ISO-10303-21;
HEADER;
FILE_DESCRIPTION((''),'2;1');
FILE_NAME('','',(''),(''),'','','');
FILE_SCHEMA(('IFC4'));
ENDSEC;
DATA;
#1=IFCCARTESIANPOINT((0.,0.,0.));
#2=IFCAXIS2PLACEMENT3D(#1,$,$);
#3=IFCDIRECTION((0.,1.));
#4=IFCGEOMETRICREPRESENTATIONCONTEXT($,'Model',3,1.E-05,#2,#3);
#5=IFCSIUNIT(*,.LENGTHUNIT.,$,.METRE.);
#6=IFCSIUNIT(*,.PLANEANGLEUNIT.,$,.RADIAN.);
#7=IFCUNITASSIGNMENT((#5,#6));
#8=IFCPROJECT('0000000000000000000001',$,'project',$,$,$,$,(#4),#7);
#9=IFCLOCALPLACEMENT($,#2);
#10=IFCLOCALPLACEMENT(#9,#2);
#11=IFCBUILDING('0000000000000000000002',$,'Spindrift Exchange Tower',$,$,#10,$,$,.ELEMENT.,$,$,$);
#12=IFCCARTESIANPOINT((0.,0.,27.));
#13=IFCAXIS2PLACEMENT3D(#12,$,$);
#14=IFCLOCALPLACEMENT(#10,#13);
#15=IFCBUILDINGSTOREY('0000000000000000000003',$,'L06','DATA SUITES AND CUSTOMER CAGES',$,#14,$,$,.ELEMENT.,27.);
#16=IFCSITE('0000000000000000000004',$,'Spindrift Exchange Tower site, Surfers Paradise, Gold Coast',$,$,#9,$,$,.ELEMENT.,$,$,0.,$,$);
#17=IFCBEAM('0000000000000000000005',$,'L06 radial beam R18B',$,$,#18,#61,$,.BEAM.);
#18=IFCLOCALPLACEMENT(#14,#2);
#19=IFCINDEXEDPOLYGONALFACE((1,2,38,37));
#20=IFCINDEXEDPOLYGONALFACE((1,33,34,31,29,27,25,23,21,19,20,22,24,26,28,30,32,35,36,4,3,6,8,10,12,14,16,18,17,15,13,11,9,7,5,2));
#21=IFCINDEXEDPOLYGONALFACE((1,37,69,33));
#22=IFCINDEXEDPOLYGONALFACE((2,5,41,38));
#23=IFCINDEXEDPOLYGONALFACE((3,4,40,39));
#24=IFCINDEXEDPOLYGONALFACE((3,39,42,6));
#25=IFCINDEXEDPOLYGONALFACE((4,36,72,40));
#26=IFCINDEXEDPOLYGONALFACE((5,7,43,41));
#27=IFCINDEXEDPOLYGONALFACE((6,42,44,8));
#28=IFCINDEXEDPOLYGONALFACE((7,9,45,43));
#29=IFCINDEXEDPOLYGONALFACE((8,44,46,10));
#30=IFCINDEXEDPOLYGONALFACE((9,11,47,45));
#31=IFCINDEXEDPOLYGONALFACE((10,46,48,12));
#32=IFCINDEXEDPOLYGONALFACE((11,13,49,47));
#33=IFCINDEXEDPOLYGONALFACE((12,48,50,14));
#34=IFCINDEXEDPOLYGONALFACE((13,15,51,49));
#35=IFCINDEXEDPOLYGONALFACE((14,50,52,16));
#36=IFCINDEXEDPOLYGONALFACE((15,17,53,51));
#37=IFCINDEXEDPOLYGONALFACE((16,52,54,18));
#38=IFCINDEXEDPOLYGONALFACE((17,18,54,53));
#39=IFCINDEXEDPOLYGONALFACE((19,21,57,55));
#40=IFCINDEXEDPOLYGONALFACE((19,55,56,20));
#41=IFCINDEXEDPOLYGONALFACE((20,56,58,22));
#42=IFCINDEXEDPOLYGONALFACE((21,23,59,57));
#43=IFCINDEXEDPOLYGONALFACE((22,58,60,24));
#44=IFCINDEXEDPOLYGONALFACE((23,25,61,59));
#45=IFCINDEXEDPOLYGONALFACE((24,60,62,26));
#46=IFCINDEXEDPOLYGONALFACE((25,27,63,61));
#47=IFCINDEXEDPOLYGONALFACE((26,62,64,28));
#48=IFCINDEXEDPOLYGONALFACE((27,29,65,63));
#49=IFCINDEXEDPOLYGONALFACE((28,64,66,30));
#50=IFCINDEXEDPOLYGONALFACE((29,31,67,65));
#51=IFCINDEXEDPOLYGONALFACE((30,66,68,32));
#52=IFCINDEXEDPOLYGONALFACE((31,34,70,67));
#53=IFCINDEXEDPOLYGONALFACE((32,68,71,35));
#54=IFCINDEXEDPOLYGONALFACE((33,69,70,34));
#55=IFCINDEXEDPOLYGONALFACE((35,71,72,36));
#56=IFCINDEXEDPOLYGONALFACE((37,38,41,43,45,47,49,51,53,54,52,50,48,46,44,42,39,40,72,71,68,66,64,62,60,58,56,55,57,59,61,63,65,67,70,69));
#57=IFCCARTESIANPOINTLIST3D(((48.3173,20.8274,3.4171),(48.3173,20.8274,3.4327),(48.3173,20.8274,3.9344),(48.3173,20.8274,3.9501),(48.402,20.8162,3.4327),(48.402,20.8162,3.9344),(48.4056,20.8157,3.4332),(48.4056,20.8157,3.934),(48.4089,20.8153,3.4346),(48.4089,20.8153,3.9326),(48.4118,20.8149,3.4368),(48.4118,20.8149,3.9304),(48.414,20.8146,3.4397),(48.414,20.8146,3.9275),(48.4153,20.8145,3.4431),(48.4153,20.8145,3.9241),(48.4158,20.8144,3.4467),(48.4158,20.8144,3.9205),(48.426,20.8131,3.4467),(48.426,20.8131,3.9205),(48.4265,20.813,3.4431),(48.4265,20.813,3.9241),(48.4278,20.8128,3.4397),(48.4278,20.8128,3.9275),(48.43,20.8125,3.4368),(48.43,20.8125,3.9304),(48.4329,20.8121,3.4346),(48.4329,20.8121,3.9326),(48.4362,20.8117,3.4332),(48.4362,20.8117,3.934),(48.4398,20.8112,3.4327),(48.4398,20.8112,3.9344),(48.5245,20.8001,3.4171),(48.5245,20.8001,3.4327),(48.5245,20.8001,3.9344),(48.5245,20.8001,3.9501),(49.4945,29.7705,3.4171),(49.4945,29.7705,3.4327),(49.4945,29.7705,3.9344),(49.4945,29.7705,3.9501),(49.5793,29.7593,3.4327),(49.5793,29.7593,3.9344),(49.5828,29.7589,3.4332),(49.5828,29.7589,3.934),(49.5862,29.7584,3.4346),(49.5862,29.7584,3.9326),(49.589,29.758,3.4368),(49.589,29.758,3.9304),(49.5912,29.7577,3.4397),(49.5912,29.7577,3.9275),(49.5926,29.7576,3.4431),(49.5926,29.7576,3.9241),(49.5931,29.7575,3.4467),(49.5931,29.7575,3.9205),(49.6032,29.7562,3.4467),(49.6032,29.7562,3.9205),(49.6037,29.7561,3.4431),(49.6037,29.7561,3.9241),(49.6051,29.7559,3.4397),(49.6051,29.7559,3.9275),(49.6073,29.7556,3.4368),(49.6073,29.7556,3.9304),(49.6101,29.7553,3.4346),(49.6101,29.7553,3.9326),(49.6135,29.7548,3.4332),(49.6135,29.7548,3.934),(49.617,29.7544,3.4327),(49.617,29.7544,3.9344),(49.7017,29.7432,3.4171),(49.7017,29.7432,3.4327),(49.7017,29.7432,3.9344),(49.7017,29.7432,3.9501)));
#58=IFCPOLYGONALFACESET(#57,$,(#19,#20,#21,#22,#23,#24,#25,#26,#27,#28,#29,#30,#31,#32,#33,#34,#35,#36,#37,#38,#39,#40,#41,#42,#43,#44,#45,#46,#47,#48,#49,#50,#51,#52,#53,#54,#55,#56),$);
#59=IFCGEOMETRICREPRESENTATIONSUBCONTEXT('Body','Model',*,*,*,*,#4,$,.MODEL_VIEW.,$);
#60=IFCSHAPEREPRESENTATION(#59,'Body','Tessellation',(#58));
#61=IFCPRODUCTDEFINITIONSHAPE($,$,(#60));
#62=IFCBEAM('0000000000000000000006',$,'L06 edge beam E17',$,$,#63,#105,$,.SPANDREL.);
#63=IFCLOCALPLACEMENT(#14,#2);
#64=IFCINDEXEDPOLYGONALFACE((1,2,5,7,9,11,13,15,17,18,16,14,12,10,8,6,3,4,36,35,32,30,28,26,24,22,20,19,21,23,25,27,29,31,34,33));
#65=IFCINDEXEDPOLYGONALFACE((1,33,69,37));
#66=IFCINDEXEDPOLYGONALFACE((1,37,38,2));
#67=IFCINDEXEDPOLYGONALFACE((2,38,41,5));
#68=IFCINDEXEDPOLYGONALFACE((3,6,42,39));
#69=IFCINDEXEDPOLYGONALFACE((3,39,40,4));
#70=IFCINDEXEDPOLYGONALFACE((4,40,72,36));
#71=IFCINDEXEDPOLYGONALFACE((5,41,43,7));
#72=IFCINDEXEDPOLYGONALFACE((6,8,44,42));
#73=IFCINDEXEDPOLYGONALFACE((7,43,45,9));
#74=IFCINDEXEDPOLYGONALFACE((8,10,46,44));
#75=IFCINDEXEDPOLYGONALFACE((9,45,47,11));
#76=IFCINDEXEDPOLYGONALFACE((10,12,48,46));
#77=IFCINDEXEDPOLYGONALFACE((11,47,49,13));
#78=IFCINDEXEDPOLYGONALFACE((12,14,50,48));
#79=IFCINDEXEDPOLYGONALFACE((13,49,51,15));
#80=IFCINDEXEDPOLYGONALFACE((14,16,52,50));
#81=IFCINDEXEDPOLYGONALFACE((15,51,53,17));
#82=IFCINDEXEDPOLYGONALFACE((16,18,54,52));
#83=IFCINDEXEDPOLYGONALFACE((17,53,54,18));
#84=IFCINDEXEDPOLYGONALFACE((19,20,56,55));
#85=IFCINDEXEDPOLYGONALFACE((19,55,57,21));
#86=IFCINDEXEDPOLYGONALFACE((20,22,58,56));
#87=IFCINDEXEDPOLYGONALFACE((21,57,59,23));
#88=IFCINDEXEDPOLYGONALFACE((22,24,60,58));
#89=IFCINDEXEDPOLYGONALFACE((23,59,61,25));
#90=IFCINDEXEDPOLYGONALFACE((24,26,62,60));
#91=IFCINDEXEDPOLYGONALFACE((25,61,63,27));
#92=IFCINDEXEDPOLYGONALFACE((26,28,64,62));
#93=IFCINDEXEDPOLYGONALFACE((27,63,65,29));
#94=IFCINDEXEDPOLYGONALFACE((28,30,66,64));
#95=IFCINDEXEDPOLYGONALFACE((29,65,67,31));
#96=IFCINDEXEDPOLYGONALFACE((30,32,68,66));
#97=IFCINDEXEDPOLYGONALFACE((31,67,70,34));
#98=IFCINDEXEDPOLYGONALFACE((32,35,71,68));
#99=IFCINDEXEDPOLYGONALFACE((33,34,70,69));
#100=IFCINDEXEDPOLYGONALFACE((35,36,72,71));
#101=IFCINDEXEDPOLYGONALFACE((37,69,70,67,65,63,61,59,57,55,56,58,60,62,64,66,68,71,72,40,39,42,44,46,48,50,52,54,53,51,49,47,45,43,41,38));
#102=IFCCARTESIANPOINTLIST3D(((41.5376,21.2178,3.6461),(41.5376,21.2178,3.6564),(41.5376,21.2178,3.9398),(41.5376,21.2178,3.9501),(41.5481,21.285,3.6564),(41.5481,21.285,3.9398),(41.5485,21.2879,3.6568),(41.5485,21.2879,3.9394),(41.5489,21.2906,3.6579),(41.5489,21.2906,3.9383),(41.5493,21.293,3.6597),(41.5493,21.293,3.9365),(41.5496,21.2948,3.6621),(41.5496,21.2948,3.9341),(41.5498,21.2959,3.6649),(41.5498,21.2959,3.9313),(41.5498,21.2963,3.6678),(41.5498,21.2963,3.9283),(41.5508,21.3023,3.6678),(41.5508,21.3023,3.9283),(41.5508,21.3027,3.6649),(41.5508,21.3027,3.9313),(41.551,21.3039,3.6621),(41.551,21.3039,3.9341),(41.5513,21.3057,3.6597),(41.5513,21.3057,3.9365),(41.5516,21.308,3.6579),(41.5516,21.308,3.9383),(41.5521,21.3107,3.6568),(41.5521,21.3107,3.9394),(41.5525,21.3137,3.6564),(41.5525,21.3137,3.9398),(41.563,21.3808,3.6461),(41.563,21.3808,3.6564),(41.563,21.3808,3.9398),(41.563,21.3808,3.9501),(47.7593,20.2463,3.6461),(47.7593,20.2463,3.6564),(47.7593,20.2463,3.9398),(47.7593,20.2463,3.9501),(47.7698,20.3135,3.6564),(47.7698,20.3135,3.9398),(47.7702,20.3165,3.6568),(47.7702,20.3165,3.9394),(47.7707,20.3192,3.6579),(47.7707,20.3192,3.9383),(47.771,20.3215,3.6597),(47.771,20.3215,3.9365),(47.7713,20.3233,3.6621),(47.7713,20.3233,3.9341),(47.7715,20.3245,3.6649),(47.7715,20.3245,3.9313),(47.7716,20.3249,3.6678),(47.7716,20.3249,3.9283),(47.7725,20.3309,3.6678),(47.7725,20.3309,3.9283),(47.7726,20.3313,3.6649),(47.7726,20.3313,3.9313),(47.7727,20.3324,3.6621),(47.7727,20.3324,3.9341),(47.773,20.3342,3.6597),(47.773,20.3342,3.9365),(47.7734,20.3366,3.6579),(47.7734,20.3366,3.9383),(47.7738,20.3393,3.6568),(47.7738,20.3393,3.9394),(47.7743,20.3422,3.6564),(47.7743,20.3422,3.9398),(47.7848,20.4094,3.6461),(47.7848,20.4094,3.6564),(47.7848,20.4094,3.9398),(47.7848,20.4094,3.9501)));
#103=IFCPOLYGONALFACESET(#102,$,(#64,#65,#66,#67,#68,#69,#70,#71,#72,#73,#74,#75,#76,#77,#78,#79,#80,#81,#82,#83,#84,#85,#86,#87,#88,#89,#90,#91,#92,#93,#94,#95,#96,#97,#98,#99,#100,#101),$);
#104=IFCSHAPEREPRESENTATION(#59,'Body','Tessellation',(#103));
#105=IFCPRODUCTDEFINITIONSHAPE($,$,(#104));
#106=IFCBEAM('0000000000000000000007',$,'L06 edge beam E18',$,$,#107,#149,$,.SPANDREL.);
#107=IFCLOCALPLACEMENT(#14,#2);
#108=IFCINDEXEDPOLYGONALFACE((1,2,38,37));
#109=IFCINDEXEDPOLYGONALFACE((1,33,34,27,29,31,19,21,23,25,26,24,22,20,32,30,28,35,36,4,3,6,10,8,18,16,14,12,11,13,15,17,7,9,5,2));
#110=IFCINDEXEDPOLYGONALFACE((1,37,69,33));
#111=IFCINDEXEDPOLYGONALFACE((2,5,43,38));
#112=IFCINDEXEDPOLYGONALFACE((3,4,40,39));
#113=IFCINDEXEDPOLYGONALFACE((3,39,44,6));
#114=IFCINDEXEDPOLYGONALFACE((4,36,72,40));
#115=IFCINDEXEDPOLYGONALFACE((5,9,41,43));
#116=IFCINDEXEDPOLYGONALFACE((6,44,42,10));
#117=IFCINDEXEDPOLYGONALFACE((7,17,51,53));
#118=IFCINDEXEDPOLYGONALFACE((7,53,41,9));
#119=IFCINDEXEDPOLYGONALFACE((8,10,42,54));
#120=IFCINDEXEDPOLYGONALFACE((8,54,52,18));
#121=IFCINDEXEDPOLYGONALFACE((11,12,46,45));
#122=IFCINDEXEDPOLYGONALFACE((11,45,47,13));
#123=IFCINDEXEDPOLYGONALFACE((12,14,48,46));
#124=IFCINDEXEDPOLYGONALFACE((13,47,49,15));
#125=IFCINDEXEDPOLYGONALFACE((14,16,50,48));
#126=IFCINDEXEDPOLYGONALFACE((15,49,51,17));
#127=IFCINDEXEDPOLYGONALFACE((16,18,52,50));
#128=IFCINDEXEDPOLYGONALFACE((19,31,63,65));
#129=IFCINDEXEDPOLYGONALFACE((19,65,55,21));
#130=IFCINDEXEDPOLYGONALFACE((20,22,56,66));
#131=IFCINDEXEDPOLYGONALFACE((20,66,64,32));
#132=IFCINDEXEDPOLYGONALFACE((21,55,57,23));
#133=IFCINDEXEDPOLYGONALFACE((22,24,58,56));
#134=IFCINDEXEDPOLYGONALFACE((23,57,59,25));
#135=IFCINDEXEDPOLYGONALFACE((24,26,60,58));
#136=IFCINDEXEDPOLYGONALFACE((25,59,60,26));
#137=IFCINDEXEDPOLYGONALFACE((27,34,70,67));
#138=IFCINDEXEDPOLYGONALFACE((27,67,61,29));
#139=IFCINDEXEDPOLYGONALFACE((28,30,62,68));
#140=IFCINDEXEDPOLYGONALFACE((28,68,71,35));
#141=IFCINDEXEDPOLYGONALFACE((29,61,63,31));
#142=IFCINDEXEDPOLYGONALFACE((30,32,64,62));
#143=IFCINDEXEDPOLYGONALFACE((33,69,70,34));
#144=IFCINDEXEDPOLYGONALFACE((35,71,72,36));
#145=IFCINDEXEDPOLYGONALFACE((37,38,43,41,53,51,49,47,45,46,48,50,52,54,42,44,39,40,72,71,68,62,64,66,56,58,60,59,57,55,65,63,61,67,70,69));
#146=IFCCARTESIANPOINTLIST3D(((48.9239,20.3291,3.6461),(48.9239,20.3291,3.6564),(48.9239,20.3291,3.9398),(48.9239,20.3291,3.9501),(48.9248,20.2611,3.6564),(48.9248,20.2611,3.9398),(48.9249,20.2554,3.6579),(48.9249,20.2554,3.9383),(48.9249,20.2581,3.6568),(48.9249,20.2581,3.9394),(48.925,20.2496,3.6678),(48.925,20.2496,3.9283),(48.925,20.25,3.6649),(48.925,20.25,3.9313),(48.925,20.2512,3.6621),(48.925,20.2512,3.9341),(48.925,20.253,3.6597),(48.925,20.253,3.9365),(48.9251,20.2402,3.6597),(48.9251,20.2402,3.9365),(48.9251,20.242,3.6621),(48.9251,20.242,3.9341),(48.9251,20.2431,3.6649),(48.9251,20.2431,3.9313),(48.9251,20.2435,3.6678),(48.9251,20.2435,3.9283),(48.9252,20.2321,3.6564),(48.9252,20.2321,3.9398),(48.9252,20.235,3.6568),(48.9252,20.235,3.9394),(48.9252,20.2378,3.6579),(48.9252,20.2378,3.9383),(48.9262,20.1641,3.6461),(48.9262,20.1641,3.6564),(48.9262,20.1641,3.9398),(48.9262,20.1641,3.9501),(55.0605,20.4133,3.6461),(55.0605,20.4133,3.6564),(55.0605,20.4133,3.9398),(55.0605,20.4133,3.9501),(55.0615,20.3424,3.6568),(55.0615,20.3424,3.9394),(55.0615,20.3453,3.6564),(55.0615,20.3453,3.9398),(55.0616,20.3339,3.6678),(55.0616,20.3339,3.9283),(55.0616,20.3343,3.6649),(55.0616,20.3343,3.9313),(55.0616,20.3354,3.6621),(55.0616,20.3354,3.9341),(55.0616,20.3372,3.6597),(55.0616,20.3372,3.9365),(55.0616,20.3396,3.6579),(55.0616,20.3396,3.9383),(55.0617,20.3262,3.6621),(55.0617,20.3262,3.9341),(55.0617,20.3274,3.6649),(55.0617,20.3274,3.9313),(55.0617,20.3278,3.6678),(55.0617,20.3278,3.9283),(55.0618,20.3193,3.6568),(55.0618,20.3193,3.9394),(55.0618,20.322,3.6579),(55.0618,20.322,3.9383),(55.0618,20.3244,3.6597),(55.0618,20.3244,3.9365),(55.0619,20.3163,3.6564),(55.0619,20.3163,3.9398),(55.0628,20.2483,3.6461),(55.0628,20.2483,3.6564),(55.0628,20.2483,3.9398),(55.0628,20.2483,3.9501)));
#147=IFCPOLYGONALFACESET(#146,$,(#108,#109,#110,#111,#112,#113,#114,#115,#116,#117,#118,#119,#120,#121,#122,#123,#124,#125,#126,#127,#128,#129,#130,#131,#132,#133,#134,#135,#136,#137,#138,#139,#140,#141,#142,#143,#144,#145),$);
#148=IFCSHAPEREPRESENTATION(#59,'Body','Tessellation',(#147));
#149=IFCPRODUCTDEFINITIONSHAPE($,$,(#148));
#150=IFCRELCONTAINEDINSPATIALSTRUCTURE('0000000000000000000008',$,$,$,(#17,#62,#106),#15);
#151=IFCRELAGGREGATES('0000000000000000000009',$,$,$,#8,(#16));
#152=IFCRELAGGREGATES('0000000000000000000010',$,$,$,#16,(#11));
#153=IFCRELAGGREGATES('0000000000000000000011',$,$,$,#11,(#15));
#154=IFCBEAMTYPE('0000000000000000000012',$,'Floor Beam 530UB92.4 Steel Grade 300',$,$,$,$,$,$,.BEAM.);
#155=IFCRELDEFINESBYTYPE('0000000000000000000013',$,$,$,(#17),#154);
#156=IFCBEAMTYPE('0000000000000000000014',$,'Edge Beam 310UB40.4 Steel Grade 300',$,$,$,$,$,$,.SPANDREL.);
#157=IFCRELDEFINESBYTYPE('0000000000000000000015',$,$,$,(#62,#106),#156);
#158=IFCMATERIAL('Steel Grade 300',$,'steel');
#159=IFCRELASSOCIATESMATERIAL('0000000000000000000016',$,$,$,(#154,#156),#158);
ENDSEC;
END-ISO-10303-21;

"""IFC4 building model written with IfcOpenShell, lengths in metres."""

from ifc_helpers import new_model, si_unit, direction, frame, origin, origin_2d, place, context, subcontext, project, spatial, i_section, extrude, source, transform, mapped, material, material_profile, profile_set, type_object, element, save


model = new_model("IFC4")

# Units and contexts
model_context = context("Model", 3, precision=1e-05, world=origin(), true_north=direction((0.0, 1.0)))
body_context = subcontext(model_context, "Body", "Model", "MODEL_VIEW")
ifc_project = project(units=[si_unit("LENGTHUNIT", "METRE"), si_unit("PLANEANGLEUNIT", "RADIAN")], contexts=[model_context])

# Site, building, storey
site_placement = place(None, origin())
site = spatial("IfcSite", under=ifc_project, at=site_placement, Name="Spindrift Exchange Tower site, Surfers Paradise, Gold Coast", CompositionType="ELEMENT", RefElevation=0.0)
building_placement = place(site_placement, origin())
building = spatial("IfcBuilding", under=site, at=building_placement, Name="Spindrift Exchange Tower", CompositionType="ELEMENT")
storey_placement = place(building_placement, frame((0.0, 0.0, 27.0)))
storey = spatial("IfcBuildingStorey", under=building, at=storey_placement, Name="L06", Description="DATA SUITES AND CUSTOMER CAGES", CompositionType="ELEMENT", Elevation=27.0)

# Beams
ifc_material_1 = material(Name="Steel Grade 300", Category="steel")
ifc_material_profile_1 = material_profile(ifc_material_1, i_section(OverallWidth=0.209, OverallDepth=0.533, WebThickness=0.0103, FlangeThickness=0.0156, FilletRadius=0.0139, at=origin_2d()), Name="530UB92.4")
ifc_profile_set_1 = profile_set([ifc_material_profile_1], Name="Steel Grade 300")
beam_type_1 = type_object("IfcBeamType", Name="Floor Beam 530UB92.4 Steel Grade 300", PredefinedType="BEAM", material=ifc_profile_set_1)
shared_shape_1 = source(origin(), body_context, "Body", "SweptSolid", [
    extrude(i_section(OverallWidth=0.209, OverallDepth=0.533, WebThickness=0.0103, FlangeThickness=0.0156, FilletRadius=0.0139, at=origin_2d()), origin(), (0.0, 0.0, 1.0), 9.0203),
])
beam_1_placement = place(storey_placement, frame((49.5981, 29.7568, 3.6836), z_axis=(-0.130511, -0.991447, 0.0), x_axis=(0.991447, -0.130511, 0.0)))
element("IfcBeam", 1, at=beam_1_placement, inside=storey, type_object=beam_type_1, Name="L06 radial beam R18B", PredefinedType="BEAM", context=body_context, shape_type="MappedRepresentation", body=[
    mapped(shared_shape_1, transform((0.0, 0.0, 0.0), scale=1.0)),
])
ifc_material_profile_2 = material_profile(ifc_material_1, i_section(OverallWidth=0.165, OverallDepth=0.304, WebThickness=0.0061, FlangeThickness=0.0103, FilletRadius=0.0115, at=origin_2d()), Name="310UB40.4")
ifc_profile_set_2 = profile_set([ifc_material_profile_2], Name="Steel Grade 300")
beam_type_2 = type_object("IfcBeamType", Name="Edge Beam 310UB40.4 Steel Grade 300", PredefinedType="SPANDREL", material=ifc_profile_set_2)
shared_shape_2 = source(origin(), body_context, "Body", "SweptSolid", [
    extrude(i_section(OverallWidth=0.165, OverallDepth=0.304, WebThickness=0.0061, FlangeThickness=0.0103, FilletRadius=0.0115, at=origin_2d()), origin(), (0.0, 0.0, 1.0), 6.2971),
])
beam_2_placement = place(storey_placement, frame((41.5503, 21.2993, 3.7981), z_axis=(0.988029, -0.154268, 0.0), x_axis=(0.154268, 0.988029, 0.0)))
element("IfcBeam", 2, at=beam_2_placement, inside=storey, type_object=beam_type_2, Name="L06 edge beam E17", PredefinedType="SPANDREL", context=body_context, shape_type="MappedRepresentation", body=[
    mapped(shared_shape_2, transform((0.0, 0.0, 0.0), scale=1.0)),
])
shared_shape_3 = source(origin(), body_context, "Body", "SweptSolid", [
    extrude(i_section(OverallWidth=0.165, OverallDepth=0.304, WebThickness=0.0061, FlangeThickness=0.0103, FilletRadius=0.0115, at=origin_2d()), origin(), (0.0, 0.0, 1.0), 6.1372),
])
beam_3_placement = place(storey_placement, frame((48.925, 20.2466, 3.7981), z_axis=(0.999906, 0.013724, 0.0), x_axis=(-0.013724, 0.999906, 0.0)))
element("IfcBeam", 3, at=beam_3_placement, inside=storey, type_object=beam_type_2, Name="L06 edge beam E18", PredefinedType="SPANDREL", context=body_context, shape_type="MappedRepresentation", body=[
    mapped(shared_shape_3, transform((0.0, 0.0, 0.0), scale=1.0)),
])

save(model, "model.ifc")
